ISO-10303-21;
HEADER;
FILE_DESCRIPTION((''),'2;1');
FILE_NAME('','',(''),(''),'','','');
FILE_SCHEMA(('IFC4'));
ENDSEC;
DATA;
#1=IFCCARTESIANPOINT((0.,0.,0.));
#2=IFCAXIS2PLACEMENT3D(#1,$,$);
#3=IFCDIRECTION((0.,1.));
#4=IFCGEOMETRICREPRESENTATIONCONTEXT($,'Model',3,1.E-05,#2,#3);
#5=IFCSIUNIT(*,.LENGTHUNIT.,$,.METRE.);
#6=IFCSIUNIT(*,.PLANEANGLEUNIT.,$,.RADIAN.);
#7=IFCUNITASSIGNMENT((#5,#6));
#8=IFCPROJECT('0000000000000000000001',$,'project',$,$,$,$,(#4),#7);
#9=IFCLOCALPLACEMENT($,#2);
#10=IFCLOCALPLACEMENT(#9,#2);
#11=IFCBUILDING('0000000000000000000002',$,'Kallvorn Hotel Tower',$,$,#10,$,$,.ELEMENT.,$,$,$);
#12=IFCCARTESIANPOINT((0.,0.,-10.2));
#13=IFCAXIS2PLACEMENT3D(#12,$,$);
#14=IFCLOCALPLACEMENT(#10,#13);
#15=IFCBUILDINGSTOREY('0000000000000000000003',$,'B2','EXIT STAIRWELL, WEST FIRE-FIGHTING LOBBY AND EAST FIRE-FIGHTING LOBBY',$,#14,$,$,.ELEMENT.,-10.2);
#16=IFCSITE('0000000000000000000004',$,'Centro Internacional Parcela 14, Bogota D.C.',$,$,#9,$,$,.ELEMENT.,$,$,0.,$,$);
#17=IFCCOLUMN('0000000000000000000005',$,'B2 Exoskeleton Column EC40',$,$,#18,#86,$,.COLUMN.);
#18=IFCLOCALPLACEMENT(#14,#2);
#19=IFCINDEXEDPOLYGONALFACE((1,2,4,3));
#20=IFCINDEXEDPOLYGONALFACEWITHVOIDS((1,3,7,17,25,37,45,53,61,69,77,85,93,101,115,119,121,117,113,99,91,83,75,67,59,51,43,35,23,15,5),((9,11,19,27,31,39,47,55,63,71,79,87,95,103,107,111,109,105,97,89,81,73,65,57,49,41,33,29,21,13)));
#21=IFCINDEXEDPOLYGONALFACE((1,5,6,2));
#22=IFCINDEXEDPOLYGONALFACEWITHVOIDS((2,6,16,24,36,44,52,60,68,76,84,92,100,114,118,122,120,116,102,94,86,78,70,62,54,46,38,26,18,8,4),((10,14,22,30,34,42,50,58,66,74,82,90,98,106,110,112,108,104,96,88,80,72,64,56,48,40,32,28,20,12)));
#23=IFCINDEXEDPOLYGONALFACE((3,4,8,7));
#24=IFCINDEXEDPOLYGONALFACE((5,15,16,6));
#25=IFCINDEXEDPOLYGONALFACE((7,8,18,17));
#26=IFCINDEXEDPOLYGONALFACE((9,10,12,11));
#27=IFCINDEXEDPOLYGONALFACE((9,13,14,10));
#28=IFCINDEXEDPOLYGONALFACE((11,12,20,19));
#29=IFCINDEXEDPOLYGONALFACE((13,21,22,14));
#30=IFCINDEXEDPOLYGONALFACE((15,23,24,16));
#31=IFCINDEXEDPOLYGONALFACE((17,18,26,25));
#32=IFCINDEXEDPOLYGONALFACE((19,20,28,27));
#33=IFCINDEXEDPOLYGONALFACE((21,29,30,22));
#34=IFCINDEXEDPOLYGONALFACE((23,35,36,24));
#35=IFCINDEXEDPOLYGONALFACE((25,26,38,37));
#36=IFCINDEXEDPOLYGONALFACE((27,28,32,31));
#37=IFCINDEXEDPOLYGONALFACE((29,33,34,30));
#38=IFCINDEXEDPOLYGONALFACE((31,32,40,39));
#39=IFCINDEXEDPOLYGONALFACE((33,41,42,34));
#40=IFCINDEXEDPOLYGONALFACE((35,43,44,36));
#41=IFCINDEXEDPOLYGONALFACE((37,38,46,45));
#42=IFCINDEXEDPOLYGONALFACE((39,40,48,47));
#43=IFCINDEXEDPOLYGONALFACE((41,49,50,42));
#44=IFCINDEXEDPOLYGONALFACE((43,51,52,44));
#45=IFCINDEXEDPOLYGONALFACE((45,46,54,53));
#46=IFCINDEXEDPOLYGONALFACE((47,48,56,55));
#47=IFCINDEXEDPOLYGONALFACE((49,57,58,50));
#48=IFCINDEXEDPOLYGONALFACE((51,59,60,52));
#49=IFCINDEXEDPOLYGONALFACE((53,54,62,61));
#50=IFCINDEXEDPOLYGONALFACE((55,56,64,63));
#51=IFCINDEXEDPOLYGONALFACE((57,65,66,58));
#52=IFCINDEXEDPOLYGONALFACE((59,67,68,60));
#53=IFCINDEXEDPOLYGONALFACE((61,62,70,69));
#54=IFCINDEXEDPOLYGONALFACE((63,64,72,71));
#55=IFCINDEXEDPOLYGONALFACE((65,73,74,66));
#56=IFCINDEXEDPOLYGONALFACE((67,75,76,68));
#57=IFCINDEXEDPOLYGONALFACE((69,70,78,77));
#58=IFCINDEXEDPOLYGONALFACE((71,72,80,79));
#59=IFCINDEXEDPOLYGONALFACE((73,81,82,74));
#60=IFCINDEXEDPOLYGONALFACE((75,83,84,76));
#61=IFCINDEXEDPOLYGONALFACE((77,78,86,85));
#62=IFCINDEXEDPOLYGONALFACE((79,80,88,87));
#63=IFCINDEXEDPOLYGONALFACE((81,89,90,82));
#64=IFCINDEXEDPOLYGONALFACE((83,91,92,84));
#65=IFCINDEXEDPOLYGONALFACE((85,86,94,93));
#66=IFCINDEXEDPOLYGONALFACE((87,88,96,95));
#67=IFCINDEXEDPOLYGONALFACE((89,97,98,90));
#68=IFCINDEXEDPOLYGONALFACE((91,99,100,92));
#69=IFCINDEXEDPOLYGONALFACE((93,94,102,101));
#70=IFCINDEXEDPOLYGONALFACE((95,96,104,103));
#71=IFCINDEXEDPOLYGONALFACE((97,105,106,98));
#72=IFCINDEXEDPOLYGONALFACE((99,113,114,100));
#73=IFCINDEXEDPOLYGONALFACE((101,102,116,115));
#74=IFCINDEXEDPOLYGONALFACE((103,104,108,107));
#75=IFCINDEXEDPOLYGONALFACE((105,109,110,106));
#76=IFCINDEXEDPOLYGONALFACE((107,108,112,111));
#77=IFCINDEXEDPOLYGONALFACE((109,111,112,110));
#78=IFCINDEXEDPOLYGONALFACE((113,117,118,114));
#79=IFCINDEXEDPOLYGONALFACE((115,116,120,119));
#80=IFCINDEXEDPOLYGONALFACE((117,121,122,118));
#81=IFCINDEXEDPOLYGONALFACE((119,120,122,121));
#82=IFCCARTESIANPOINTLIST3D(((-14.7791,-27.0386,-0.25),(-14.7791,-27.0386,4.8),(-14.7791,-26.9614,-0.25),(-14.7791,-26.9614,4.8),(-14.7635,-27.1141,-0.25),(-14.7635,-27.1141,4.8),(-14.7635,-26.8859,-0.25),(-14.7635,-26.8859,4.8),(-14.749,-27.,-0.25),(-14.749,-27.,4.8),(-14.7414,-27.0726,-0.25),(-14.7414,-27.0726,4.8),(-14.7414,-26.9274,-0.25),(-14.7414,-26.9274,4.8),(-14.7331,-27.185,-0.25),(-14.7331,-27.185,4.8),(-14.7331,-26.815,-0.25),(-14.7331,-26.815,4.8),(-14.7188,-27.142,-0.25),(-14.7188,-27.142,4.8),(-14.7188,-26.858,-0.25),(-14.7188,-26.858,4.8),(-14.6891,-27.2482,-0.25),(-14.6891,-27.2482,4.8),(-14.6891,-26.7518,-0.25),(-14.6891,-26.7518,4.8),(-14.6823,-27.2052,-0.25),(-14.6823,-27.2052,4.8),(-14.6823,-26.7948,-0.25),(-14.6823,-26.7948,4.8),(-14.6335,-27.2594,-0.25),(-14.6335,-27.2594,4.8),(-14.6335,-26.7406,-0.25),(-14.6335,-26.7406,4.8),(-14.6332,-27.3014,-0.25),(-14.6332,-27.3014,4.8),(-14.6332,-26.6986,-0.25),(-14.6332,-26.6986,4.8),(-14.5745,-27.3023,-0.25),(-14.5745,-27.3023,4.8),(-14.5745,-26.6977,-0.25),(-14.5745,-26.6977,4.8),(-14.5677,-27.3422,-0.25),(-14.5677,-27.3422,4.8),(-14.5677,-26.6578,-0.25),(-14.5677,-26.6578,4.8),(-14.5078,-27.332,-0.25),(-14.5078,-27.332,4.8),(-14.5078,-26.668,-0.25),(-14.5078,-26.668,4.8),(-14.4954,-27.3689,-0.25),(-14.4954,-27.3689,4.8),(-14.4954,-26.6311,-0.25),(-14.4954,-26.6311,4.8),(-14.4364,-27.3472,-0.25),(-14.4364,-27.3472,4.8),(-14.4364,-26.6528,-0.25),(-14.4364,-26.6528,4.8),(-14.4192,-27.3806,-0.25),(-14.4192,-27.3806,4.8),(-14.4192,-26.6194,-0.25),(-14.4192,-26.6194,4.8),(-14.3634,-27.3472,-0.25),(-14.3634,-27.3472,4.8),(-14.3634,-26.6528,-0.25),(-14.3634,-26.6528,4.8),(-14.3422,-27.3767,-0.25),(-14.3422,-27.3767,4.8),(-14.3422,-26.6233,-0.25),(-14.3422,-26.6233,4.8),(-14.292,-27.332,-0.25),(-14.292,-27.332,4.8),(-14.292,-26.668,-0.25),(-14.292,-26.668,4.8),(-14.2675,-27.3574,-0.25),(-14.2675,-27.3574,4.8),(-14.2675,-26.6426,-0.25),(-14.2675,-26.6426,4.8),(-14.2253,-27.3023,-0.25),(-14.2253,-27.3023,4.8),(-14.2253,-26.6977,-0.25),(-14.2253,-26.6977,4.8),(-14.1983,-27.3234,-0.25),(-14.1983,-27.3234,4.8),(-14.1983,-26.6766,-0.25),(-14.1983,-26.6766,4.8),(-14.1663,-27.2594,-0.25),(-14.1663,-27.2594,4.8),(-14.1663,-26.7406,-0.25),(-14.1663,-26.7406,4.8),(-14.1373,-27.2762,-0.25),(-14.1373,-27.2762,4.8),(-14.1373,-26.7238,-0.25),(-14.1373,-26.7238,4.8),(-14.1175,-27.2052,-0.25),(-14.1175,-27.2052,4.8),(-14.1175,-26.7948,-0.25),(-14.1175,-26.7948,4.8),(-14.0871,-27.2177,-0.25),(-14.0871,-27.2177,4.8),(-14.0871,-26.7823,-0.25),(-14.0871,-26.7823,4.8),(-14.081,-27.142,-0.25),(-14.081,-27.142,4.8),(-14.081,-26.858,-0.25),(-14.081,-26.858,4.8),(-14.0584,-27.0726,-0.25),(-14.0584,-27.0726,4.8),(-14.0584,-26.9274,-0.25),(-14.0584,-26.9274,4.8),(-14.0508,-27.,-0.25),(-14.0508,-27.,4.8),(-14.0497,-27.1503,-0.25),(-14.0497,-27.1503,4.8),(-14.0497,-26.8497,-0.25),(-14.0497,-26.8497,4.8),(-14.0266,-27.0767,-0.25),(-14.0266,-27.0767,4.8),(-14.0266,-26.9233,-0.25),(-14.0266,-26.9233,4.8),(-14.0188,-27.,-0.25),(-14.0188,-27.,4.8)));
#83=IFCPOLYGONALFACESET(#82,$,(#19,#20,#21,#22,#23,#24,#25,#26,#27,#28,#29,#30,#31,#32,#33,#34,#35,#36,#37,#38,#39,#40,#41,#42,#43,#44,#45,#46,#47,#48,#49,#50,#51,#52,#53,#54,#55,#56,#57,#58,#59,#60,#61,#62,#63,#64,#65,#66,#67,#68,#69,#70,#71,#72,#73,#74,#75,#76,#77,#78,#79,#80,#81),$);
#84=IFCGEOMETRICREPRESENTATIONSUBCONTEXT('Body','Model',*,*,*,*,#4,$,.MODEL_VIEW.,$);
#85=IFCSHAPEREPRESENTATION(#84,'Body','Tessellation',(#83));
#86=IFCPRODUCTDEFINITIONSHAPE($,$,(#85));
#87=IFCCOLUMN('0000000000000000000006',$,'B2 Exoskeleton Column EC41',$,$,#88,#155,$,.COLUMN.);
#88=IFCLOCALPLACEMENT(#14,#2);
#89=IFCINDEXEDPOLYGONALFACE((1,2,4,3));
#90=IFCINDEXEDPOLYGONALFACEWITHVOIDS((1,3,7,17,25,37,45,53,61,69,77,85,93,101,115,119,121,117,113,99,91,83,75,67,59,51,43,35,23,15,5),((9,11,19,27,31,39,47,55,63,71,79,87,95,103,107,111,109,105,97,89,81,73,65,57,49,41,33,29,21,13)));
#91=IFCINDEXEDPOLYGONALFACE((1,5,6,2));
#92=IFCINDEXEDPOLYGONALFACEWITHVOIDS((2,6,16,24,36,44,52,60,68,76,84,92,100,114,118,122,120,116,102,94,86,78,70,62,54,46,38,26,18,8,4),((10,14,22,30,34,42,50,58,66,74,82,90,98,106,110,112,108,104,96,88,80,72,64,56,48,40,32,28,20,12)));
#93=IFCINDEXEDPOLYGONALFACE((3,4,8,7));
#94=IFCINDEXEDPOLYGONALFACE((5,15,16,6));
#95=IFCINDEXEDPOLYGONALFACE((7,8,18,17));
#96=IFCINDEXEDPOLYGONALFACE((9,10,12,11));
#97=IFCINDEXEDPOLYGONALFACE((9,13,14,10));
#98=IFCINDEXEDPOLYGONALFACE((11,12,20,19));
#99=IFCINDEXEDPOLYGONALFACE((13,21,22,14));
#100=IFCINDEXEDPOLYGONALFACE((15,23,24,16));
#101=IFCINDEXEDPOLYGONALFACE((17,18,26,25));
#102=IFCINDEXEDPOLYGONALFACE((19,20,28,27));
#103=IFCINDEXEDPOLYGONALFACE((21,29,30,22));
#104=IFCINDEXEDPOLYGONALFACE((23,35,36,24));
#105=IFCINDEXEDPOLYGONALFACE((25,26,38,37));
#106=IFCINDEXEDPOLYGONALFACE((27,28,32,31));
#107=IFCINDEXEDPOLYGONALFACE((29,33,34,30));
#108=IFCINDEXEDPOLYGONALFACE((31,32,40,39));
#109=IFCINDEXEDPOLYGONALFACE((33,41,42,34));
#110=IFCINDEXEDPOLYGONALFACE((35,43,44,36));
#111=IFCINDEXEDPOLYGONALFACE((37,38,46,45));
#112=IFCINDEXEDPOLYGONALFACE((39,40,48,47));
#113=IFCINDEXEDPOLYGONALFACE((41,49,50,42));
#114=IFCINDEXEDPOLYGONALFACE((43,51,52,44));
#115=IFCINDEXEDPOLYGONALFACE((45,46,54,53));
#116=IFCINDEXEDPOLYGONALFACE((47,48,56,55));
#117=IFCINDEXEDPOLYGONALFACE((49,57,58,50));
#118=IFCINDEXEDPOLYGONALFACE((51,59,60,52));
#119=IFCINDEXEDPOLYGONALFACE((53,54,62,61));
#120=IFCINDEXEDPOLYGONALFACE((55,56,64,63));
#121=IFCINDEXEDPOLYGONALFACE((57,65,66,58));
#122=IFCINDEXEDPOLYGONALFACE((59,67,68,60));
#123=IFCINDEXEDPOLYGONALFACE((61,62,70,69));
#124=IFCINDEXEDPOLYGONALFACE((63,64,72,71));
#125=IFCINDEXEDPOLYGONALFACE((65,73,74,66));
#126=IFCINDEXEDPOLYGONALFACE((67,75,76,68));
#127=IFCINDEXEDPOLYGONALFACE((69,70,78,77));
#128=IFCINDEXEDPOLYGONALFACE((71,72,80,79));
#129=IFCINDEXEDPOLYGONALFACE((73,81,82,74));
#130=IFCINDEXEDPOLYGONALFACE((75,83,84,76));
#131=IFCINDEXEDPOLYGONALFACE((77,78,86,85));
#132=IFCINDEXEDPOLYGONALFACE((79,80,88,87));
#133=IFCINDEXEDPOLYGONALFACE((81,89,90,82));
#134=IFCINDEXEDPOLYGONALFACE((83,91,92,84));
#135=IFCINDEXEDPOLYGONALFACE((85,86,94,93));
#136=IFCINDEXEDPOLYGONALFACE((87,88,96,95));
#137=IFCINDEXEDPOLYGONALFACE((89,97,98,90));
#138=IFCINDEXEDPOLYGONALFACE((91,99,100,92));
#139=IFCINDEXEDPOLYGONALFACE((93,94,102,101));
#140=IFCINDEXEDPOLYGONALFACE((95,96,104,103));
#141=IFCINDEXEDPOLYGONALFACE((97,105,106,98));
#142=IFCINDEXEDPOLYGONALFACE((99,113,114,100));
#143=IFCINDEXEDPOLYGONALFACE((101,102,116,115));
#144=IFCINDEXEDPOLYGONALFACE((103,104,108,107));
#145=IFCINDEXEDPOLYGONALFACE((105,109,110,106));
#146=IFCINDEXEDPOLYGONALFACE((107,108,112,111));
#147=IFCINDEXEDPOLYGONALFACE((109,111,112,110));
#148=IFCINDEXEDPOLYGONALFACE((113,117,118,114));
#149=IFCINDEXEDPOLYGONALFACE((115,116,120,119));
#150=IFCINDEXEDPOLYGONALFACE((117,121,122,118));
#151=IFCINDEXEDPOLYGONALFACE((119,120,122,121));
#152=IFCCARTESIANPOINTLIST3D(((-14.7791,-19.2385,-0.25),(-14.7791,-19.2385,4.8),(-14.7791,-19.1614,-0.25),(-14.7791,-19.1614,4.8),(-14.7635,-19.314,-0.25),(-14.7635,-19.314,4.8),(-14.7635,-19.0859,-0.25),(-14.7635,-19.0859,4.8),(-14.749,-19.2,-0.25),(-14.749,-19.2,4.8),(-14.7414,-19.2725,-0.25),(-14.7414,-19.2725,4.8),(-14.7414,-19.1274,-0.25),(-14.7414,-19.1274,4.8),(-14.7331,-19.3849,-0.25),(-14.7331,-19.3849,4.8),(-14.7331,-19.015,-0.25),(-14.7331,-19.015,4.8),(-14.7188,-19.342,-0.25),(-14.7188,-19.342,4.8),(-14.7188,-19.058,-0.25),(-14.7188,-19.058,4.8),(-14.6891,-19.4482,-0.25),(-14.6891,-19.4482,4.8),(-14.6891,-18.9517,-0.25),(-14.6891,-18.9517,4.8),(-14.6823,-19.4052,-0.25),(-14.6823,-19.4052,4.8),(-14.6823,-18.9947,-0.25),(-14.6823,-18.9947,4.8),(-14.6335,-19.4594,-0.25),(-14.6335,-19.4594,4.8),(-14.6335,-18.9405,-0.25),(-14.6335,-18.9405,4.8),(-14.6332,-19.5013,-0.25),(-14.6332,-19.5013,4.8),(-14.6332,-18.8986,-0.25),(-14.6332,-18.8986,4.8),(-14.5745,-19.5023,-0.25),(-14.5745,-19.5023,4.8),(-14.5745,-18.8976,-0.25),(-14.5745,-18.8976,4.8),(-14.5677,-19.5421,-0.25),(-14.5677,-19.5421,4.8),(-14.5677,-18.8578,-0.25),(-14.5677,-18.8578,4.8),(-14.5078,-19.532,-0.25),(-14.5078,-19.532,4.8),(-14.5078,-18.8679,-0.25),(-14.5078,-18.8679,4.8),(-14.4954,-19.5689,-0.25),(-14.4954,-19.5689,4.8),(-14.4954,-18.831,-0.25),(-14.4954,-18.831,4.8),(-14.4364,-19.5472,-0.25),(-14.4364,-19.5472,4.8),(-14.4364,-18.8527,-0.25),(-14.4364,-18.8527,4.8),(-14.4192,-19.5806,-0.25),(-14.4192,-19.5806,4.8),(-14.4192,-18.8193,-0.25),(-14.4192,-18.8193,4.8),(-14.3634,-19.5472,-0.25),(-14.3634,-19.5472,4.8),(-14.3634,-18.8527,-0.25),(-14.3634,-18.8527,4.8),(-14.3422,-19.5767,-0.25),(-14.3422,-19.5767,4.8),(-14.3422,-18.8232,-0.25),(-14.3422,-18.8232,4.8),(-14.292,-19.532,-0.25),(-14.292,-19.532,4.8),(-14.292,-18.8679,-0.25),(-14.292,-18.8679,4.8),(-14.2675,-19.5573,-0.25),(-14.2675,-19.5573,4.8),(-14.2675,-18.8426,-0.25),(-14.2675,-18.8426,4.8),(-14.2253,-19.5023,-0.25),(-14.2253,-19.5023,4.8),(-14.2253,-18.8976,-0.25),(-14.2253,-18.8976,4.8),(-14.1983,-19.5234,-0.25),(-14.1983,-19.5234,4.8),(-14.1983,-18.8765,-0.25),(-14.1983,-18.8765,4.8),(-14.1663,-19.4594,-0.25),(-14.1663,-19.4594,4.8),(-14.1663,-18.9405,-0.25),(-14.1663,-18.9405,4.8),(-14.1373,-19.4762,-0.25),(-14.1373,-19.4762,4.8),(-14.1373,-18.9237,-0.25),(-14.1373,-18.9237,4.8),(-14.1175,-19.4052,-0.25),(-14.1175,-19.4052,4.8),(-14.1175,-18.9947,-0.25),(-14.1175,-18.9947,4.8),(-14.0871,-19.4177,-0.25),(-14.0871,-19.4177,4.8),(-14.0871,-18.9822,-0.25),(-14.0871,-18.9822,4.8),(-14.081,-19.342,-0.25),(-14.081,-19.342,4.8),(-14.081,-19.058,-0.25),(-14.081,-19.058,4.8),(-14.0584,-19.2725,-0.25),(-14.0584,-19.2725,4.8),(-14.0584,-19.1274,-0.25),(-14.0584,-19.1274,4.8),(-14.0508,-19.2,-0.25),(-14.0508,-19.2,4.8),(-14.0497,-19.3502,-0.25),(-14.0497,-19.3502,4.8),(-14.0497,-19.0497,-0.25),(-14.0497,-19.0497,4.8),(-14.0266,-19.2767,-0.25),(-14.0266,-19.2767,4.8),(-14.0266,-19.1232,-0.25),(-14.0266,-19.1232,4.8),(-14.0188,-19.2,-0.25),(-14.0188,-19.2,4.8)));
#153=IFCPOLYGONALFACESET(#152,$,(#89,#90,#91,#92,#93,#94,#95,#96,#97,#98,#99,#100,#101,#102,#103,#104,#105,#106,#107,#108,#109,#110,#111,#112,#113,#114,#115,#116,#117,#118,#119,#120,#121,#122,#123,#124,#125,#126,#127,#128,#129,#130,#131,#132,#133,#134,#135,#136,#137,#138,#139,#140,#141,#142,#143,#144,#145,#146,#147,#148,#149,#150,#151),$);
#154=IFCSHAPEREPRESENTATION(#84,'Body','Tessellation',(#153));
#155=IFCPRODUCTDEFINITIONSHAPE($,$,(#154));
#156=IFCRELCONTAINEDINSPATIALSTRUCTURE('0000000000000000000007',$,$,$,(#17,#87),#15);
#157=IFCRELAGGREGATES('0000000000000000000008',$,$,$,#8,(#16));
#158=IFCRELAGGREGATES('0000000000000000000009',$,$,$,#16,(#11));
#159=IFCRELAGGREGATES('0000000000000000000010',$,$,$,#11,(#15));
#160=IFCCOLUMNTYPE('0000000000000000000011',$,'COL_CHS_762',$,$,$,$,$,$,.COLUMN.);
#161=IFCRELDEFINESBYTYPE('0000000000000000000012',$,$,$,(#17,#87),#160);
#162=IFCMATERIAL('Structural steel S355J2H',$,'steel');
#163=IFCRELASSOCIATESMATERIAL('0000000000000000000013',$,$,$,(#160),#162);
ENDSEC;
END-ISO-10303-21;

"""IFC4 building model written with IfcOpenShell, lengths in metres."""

from ifc_helpers import new_model, si_unit, direction, frame, origin, origin_2d, place, context, subcontext, project, spatial, hollow_circle, extrude, material, material_profile, profile_set, type_object, element, save


model = new_model("IFC4")

# Units and contexts
model_context = context("Model", 3, precision=1e-05, world=origin(), true_north=direction((0.0, 1.0)))
body_context = subcontext(model_context, "Body", "Model", "MODEL_VIEW")
ifc_project = project(units=[si_unit("LENGTHUNIT", "METRE"), si_unit("PLANEANGLEUNIT", "RADIAN")], contexts=[model_context])

# Site, building, storey
site_placement = place(None, origin())
site = spatial("IfcSite", under=ifc_project, at=site_placement, Name="Centro Internacional Parcela 14, Bogota D.C.", CompositionType="ELEMENT", RefElevation=0.0)
building_placement = place(site_placement, origin())
building = spatial("IfcBuilding", under=site, at=building_placement, Name="Kallvorn Hotel Tower", CompositionType="ELEMENT")
storey_placement = place(building_placement, frame((0.0, 0.0, -10.2)))
storey = spatial("IfcBuildingStorey", under=building, at=storey_placement, Name="B2", Description="EXIT STAIRWELL, WEST FIRE-FIGHTING LOBBY AND EAST FIRE-FIGHTING LOBBY", CompositionType="ELEMENT", Elevation=-10.2)

# Columns
ifc_material_1 = material(Name="Structural steel S355J2H", Category="steel")
ifc_material_profile_1 = material_profile(ifc_material_1, hollow_circle(Radius=0.3811, WallThickness=0.032, at=origin_2d()), Name="CHS 762x32")
ifc_profile_set_1 = profile_set([ifc_material_profile_1], Name="Structural steel S355J2H")
column_type_1 = type_object("IfcColumnType", Name="COL_CHS_762", PredefinedType="COLUMN", material=ifc_profile_set_1)
for number, where, z_axis, x_axis, name in (
    (1, (-14.3999, -27.0, -0.25), (0.0, 0.0, 1.0), (1.0, 0.0, 0.0), "B2 Exoskeleton Column EC40"),
    (2, (-14.3999, -19.2, -0.25), (0.0, 0.0, 1.0), (1.0, 0.0, 0.0), "B2 Exoskeleton Column EC41"),
):
    element("IfcColumn", number, at=place(storey_placement, frame(where, z_axis=z_axis, x_axis=x_axis)), inside=storey, type_object=column_type_1, Name=name, PredefinedType="COLUMN", context=body_context, shape_type="SweptSolid", body=[
        extrude(hollow_circle(Radius=0.3811, WallThickness=0.032, at=origin_2d()), origin(), (0.0, 0.0, 1.0), 5.05),
    ])

save(model, "model.ifc")
